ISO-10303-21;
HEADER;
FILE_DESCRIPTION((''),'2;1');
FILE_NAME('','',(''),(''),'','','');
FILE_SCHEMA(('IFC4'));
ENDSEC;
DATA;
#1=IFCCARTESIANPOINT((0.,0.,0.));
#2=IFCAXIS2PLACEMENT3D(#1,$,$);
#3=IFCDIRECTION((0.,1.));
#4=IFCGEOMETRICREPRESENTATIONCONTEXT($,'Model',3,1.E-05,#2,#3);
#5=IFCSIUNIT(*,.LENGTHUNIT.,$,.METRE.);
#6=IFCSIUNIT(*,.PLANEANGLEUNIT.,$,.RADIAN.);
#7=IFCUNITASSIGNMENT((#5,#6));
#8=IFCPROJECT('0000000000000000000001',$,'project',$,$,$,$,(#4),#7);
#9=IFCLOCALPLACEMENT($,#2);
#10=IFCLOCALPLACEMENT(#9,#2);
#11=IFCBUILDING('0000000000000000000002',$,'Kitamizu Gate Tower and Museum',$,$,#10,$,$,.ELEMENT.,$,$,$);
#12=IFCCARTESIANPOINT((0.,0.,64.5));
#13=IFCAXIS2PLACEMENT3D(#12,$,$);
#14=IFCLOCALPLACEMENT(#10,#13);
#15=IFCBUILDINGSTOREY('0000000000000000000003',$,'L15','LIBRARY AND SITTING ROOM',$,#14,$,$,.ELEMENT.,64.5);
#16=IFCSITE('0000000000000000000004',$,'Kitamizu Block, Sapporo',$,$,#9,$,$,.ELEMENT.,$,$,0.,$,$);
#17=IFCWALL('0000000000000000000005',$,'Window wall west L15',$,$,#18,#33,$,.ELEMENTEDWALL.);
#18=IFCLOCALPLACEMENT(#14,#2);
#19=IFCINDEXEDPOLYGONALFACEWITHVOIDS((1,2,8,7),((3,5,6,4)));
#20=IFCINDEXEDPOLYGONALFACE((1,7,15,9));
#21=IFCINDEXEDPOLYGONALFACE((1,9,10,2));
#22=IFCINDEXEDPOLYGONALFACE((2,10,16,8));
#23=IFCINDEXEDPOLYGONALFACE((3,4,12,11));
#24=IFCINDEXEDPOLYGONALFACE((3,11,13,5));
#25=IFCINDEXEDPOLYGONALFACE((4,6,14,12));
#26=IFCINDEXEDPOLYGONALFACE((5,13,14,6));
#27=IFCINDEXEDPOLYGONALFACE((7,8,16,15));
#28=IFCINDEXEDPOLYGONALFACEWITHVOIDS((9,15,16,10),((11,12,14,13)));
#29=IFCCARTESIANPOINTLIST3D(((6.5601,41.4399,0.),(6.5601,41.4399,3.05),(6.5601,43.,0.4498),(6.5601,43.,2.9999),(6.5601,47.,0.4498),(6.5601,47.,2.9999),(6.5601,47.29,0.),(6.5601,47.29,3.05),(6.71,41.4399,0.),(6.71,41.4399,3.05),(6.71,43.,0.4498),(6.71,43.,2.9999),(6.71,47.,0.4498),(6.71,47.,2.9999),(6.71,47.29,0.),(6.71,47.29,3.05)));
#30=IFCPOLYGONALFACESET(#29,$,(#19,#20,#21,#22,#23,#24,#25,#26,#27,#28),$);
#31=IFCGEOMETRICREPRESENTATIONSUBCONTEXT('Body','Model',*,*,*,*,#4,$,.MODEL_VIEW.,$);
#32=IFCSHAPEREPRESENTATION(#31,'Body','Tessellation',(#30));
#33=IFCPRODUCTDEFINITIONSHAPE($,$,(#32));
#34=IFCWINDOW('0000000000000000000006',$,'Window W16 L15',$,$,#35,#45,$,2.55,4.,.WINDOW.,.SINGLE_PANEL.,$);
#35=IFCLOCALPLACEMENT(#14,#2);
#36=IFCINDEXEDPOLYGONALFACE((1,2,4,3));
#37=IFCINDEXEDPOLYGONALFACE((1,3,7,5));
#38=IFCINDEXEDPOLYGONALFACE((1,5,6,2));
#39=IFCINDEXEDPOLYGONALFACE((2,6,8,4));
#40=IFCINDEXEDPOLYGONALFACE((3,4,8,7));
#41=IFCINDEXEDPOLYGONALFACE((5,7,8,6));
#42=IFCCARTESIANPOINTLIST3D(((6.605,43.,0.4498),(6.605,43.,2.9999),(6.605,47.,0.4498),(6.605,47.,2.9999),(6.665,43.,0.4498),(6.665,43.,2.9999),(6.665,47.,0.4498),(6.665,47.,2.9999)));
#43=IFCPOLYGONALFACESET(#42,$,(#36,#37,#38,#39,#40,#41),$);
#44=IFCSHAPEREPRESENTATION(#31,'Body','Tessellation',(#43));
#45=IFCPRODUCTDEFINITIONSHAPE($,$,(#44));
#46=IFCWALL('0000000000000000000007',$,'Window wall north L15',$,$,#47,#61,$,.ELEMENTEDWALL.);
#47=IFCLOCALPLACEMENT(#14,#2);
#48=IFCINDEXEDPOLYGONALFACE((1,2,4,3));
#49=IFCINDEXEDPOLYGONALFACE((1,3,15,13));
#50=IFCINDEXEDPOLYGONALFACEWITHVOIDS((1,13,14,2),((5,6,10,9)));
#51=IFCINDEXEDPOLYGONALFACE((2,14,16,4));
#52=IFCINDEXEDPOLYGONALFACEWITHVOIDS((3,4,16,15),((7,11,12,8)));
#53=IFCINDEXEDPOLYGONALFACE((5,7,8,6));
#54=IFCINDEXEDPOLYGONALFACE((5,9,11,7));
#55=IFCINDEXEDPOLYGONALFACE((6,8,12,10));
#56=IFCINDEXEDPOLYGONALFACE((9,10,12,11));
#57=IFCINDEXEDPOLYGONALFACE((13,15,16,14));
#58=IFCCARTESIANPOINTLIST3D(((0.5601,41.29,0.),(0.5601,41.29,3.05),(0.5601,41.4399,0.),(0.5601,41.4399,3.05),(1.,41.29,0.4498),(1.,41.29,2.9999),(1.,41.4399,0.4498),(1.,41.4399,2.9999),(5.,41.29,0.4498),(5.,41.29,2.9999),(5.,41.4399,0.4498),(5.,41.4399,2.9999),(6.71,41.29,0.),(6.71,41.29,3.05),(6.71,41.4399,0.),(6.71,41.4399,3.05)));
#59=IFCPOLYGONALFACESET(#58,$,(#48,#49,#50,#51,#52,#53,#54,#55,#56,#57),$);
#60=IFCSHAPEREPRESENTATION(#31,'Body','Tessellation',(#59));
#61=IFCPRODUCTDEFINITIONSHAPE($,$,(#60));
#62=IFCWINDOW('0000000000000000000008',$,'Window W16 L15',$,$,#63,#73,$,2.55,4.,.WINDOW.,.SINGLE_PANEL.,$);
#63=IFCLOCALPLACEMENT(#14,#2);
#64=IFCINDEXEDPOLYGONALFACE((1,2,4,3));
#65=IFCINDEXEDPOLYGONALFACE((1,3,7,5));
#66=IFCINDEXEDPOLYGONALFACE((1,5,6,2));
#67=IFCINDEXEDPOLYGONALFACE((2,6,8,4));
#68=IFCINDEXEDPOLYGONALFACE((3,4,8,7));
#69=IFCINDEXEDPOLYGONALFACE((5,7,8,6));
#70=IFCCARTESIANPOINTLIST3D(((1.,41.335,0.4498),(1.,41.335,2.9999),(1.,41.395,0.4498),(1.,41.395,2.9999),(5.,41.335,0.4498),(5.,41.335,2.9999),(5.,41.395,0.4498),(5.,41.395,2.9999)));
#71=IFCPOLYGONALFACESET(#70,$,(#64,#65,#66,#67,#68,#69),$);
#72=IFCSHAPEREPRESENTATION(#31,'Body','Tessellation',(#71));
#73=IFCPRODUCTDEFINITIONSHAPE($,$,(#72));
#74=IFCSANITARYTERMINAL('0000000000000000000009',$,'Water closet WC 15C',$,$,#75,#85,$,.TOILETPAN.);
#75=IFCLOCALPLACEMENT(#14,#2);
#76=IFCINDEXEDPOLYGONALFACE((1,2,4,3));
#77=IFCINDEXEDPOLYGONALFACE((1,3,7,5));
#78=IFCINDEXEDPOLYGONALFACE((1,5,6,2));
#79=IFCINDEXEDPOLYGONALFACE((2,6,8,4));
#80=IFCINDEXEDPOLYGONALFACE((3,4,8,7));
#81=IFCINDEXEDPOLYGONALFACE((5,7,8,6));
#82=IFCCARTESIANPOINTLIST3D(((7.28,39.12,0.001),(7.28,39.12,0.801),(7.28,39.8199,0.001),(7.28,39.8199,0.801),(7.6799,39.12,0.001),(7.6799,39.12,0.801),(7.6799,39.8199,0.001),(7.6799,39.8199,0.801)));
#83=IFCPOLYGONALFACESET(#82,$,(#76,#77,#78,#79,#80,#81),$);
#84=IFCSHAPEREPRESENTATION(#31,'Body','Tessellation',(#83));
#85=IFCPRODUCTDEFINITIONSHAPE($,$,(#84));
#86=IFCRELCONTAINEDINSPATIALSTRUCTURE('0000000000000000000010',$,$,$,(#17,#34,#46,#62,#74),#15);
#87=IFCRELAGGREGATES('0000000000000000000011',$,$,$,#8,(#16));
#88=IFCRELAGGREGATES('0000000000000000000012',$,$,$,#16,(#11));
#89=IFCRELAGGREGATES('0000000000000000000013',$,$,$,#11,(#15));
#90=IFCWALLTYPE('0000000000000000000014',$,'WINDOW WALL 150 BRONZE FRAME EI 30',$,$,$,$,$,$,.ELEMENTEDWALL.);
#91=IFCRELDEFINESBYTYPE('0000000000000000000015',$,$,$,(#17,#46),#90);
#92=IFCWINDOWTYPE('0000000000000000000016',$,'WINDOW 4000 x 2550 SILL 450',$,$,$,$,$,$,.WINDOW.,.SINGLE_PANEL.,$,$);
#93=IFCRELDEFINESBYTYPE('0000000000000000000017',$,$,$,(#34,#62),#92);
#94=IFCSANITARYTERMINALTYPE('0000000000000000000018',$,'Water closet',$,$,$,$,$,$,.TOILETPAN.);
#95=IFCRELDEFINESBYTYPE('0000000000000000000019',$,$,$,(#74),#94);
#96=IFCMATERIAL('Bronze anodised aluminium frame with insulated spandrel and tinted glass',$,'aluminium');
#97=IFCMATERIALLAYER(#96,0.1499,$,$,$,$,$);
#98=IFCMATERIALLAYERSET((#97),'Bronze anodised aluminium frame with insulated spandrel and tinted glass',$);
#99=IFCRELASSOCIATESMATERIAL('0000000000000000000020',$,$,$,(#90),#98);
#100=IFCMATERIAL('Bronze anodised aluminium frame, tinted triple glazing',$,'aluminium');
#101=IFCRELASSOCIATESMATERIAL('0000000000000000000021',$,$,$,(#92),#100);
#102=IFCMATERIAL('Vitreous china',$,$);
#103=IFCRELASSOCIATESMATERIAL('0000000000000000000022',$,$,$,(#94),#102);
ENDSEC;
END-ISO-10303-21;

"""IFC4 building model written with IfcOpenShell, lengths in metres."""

from ifc_helpers import new_model, si_unit, direction, frame, frame_2d, origin, origin_2d, place, context, subcontext, project, spatial, rectangle, extrude, material, layer, layer_set, type_object, element, fill, save


model = new_model("IFC4")

# Units and contexts
model_context = context("Model", 3, precision=1e-05, world=origin(), true_north=direction((0.0, 1.0)))
body_context = subcontext(model_context, "Body", "Model", "MODEL_VIEW")
ifc_project = project(units=[si_unit("LENGTHUNIT", "METRE"), si_unit("PLANEANGLEUNIT", "RADIAN")], contexts=[model_context])

# Site, building, storey
site_placement = place(None, origin())
site = spatial("IfcSite", under=ifc_project, at=site_placement, Name="Kitamizu Block, Sapporo", CompositionType="ELEMENT", RefElevation=0.0)
building_placement = place(site_placement, origin())
building = spatial("IfcBuilding", under=site, at=building_placement, Name="Kitamizu Gate Tower and Museum", CompositionType="ELEMENT")
storey_placement = place(building_placement, frame((0.0, 0.0, 64.5)))
storey = spatial("IfcBuildingStorey", under=building, at=storey_placement, Name="L15", Description="LIBRARY AND SITTING ROOM", CompositionType="ELEMENT", Elevation=64.5)

# Walls, openings, windows
ifc_material_1 = material(Name="Bronze anodised aluminium frame with insulated spandrel and tinted glass", Category="aluminium")
ifc_layer = layer(ifc_material_1, 0.1499)
ifc_layer_set = layer_set([ifc_layer], Name="Bronze anodised aluminium frame with insulated spandrel and tinted glass")
wall_type = type_object("IfcWallType", Name="WINDOW WALL 150 BRONZE FRAME EI 30", PredefinedType="ELEMENTEDWALL", material=ifc_layer_set)
wall_1_placement = place(storey_placement, frame((6.635, 41.4399, 0.0), z_axis=(0.0, 0.0, 1.0), x_axis=(0.0, 1.0, 0.0)))
wall_1 = element("IfcWall", 1, at=wall_1_placement, inside=storey, type_object=wall_type, Name="Window wall west L15", PredefinedType="ELEMENTEDWALL", context=body_context, shape_type="SweptSolid", body=[
    extrude(rectangle(XDim=5.8501, YDim=0.1499, at=frame_2d((2.925, 0.0))), origin(), (0.0, 0.0, 1.0), 3.05),
])
opening_1_placement = place(wall_1_placement, frame((1.5601, 0.0, 0.45)))
opening_1 = element("IfcOpeningElement", 2, at=opening_1_placement, cuts=wall_1, PredefinedType="OPENING", context=body_context, shape_type="SweptSolid", body=[
    extrude(rectangle(XDim=4.0, YDim=2.55, at=frame_2d((2.0, 1.2749))), frame((0.0, 0.085, 0.0), z_axis=(0.0, -1.0, 0.0), x_axis=(1.0, 0.0, 0.0)), (0.0, 0.0, 1.0), 0.1699),
])
ifc_material_2 = material(Name="Bronze anodised aluminium frame, tinted triple glazing", Category="aluminium")
window_type = type_object("IfcWindowType", Name="WINDOW 4000 x 2550 SILL 450", PartitioningType="SINGLE_PANEL", PredefinedType="WINDOW", material=ifc_material_2)
window_1_placement = place(opening_1_placement, origin())
window_1 = element("IfcWindow", 3, at=window_1_placement, inside=storey, type_object=window_type, Name="Window W16 L15", OverallHeight=2.55, OverallWidth=4.0, PartitioningType="SINGLE_PANEL", PredefinedType="WINDOW", context=body_context, shape_type="SweptSolid", body=[
    extrude(rectangle(XDim=4.0, YDim=2.55, at=frame_2d((2.0, 1.2749))), frame((0.0, 0.03, 0.0), z_axis=(0.0, -1.0, 0.0), x_axis=(1.0, 0.0, 0.0)), (0.0, 0.0, 1.0), 0.0601),
])
fill(opening_1, window_1)
wall_2_placement = place(storey_placement, frame((0.5601, 41.365, 0.0), z_axis=(0.0, 0.0, 1.0), x_axis=(1.0, 0.0, 0.0)))
wall_2 = element("IfcWall", 4, at=wall_2_placement, inside=storey, type_object=wall_type, Name="Window wall north L15", PredefinedType="ELEMENTEDWALL", context=body_context, shape_type="SweptSolid", body=[
    extrude(rectangle(XDim=6.1499, YDim=0.1499, at=frame_2d((3.075, 0.0))), origin(), (0.0, 0.0, 1.0), 3.05),
])
opening_2_placement = place(wall_2_placement, frame((0.4399, 0.0, 0.45)))
opening_2 = element("IfcOpeningElement", 5, at=opening_2_placement, cuts=wall_2, PredefinedType="OPENING", context=body_context, shape_type="SweptSolid", body=[
    extrude(rectangle(XDim=4.0, YDim=2.55, at=frame_2d((2.0, 1.2749))), frame((0.0, 0.085, 0.0), z_axis=(0.0, -1.0, 0.0), x_axis=(1.0, 0.0, 0.0)), (0.0, 0.0, 1.0), 0.1699),
])
window_2_placement = place(opening_2_placement, origin())
window_2 = element("IfcWindow", 6, at=window_2_placement, inside=storey, type_object=window_type, Name="Window W16 L15", OverallHeight=2.55, OverallWidth=4.0, PartitioningType="SINGLE_PANEL", PredefinedType="WINDOW", context=body_context, shape_type="SweptSolid", body=[
    extrude(rectangle(XDim=4.0, YDim=2.55, at=frame_2d((2.0, 1.2749))), frame((0.0, 0.03, 0.0), z_axis=(0.0, -1.0, 0.0), x_axis=(1.0, 0.0, 0.0)), (0.0, 0.0, 1.0), 0.0601),
])
fill(opening_2, window_2)

# Sanitary terminal
ifc_material_3 = material(Name="Vitreous china")
sanitary_terminal_type = type_object("IfcSanitaryTerminalType", Name="Water closet", PredefinedType="TOILETPAN", material=ifc_material_3)
sanitary_terminal_placement = place(storey_placement, frame((7.48, 39.47, 0.001), z_axis=(0.0, 0.0, 1.0), x_axis=(1.0, 0.0, 0.0)))
element("IfcSanitaryTerminal", 7, at=sanitary_terminal_placement, inside=storey, type_object=sanitary_terminal_type, Name="Water closet WC 15C", PredefinedType="TOILETPAN", context=body_context, shape_type="SweptSolid", body=[
    extrude(rectangle(XDim=0.3999, YDim=0.7, at=origin_2d()), origin(), (0.0, 0.0, 1.0), 0.8),
])

save(model, "model.ifc")
